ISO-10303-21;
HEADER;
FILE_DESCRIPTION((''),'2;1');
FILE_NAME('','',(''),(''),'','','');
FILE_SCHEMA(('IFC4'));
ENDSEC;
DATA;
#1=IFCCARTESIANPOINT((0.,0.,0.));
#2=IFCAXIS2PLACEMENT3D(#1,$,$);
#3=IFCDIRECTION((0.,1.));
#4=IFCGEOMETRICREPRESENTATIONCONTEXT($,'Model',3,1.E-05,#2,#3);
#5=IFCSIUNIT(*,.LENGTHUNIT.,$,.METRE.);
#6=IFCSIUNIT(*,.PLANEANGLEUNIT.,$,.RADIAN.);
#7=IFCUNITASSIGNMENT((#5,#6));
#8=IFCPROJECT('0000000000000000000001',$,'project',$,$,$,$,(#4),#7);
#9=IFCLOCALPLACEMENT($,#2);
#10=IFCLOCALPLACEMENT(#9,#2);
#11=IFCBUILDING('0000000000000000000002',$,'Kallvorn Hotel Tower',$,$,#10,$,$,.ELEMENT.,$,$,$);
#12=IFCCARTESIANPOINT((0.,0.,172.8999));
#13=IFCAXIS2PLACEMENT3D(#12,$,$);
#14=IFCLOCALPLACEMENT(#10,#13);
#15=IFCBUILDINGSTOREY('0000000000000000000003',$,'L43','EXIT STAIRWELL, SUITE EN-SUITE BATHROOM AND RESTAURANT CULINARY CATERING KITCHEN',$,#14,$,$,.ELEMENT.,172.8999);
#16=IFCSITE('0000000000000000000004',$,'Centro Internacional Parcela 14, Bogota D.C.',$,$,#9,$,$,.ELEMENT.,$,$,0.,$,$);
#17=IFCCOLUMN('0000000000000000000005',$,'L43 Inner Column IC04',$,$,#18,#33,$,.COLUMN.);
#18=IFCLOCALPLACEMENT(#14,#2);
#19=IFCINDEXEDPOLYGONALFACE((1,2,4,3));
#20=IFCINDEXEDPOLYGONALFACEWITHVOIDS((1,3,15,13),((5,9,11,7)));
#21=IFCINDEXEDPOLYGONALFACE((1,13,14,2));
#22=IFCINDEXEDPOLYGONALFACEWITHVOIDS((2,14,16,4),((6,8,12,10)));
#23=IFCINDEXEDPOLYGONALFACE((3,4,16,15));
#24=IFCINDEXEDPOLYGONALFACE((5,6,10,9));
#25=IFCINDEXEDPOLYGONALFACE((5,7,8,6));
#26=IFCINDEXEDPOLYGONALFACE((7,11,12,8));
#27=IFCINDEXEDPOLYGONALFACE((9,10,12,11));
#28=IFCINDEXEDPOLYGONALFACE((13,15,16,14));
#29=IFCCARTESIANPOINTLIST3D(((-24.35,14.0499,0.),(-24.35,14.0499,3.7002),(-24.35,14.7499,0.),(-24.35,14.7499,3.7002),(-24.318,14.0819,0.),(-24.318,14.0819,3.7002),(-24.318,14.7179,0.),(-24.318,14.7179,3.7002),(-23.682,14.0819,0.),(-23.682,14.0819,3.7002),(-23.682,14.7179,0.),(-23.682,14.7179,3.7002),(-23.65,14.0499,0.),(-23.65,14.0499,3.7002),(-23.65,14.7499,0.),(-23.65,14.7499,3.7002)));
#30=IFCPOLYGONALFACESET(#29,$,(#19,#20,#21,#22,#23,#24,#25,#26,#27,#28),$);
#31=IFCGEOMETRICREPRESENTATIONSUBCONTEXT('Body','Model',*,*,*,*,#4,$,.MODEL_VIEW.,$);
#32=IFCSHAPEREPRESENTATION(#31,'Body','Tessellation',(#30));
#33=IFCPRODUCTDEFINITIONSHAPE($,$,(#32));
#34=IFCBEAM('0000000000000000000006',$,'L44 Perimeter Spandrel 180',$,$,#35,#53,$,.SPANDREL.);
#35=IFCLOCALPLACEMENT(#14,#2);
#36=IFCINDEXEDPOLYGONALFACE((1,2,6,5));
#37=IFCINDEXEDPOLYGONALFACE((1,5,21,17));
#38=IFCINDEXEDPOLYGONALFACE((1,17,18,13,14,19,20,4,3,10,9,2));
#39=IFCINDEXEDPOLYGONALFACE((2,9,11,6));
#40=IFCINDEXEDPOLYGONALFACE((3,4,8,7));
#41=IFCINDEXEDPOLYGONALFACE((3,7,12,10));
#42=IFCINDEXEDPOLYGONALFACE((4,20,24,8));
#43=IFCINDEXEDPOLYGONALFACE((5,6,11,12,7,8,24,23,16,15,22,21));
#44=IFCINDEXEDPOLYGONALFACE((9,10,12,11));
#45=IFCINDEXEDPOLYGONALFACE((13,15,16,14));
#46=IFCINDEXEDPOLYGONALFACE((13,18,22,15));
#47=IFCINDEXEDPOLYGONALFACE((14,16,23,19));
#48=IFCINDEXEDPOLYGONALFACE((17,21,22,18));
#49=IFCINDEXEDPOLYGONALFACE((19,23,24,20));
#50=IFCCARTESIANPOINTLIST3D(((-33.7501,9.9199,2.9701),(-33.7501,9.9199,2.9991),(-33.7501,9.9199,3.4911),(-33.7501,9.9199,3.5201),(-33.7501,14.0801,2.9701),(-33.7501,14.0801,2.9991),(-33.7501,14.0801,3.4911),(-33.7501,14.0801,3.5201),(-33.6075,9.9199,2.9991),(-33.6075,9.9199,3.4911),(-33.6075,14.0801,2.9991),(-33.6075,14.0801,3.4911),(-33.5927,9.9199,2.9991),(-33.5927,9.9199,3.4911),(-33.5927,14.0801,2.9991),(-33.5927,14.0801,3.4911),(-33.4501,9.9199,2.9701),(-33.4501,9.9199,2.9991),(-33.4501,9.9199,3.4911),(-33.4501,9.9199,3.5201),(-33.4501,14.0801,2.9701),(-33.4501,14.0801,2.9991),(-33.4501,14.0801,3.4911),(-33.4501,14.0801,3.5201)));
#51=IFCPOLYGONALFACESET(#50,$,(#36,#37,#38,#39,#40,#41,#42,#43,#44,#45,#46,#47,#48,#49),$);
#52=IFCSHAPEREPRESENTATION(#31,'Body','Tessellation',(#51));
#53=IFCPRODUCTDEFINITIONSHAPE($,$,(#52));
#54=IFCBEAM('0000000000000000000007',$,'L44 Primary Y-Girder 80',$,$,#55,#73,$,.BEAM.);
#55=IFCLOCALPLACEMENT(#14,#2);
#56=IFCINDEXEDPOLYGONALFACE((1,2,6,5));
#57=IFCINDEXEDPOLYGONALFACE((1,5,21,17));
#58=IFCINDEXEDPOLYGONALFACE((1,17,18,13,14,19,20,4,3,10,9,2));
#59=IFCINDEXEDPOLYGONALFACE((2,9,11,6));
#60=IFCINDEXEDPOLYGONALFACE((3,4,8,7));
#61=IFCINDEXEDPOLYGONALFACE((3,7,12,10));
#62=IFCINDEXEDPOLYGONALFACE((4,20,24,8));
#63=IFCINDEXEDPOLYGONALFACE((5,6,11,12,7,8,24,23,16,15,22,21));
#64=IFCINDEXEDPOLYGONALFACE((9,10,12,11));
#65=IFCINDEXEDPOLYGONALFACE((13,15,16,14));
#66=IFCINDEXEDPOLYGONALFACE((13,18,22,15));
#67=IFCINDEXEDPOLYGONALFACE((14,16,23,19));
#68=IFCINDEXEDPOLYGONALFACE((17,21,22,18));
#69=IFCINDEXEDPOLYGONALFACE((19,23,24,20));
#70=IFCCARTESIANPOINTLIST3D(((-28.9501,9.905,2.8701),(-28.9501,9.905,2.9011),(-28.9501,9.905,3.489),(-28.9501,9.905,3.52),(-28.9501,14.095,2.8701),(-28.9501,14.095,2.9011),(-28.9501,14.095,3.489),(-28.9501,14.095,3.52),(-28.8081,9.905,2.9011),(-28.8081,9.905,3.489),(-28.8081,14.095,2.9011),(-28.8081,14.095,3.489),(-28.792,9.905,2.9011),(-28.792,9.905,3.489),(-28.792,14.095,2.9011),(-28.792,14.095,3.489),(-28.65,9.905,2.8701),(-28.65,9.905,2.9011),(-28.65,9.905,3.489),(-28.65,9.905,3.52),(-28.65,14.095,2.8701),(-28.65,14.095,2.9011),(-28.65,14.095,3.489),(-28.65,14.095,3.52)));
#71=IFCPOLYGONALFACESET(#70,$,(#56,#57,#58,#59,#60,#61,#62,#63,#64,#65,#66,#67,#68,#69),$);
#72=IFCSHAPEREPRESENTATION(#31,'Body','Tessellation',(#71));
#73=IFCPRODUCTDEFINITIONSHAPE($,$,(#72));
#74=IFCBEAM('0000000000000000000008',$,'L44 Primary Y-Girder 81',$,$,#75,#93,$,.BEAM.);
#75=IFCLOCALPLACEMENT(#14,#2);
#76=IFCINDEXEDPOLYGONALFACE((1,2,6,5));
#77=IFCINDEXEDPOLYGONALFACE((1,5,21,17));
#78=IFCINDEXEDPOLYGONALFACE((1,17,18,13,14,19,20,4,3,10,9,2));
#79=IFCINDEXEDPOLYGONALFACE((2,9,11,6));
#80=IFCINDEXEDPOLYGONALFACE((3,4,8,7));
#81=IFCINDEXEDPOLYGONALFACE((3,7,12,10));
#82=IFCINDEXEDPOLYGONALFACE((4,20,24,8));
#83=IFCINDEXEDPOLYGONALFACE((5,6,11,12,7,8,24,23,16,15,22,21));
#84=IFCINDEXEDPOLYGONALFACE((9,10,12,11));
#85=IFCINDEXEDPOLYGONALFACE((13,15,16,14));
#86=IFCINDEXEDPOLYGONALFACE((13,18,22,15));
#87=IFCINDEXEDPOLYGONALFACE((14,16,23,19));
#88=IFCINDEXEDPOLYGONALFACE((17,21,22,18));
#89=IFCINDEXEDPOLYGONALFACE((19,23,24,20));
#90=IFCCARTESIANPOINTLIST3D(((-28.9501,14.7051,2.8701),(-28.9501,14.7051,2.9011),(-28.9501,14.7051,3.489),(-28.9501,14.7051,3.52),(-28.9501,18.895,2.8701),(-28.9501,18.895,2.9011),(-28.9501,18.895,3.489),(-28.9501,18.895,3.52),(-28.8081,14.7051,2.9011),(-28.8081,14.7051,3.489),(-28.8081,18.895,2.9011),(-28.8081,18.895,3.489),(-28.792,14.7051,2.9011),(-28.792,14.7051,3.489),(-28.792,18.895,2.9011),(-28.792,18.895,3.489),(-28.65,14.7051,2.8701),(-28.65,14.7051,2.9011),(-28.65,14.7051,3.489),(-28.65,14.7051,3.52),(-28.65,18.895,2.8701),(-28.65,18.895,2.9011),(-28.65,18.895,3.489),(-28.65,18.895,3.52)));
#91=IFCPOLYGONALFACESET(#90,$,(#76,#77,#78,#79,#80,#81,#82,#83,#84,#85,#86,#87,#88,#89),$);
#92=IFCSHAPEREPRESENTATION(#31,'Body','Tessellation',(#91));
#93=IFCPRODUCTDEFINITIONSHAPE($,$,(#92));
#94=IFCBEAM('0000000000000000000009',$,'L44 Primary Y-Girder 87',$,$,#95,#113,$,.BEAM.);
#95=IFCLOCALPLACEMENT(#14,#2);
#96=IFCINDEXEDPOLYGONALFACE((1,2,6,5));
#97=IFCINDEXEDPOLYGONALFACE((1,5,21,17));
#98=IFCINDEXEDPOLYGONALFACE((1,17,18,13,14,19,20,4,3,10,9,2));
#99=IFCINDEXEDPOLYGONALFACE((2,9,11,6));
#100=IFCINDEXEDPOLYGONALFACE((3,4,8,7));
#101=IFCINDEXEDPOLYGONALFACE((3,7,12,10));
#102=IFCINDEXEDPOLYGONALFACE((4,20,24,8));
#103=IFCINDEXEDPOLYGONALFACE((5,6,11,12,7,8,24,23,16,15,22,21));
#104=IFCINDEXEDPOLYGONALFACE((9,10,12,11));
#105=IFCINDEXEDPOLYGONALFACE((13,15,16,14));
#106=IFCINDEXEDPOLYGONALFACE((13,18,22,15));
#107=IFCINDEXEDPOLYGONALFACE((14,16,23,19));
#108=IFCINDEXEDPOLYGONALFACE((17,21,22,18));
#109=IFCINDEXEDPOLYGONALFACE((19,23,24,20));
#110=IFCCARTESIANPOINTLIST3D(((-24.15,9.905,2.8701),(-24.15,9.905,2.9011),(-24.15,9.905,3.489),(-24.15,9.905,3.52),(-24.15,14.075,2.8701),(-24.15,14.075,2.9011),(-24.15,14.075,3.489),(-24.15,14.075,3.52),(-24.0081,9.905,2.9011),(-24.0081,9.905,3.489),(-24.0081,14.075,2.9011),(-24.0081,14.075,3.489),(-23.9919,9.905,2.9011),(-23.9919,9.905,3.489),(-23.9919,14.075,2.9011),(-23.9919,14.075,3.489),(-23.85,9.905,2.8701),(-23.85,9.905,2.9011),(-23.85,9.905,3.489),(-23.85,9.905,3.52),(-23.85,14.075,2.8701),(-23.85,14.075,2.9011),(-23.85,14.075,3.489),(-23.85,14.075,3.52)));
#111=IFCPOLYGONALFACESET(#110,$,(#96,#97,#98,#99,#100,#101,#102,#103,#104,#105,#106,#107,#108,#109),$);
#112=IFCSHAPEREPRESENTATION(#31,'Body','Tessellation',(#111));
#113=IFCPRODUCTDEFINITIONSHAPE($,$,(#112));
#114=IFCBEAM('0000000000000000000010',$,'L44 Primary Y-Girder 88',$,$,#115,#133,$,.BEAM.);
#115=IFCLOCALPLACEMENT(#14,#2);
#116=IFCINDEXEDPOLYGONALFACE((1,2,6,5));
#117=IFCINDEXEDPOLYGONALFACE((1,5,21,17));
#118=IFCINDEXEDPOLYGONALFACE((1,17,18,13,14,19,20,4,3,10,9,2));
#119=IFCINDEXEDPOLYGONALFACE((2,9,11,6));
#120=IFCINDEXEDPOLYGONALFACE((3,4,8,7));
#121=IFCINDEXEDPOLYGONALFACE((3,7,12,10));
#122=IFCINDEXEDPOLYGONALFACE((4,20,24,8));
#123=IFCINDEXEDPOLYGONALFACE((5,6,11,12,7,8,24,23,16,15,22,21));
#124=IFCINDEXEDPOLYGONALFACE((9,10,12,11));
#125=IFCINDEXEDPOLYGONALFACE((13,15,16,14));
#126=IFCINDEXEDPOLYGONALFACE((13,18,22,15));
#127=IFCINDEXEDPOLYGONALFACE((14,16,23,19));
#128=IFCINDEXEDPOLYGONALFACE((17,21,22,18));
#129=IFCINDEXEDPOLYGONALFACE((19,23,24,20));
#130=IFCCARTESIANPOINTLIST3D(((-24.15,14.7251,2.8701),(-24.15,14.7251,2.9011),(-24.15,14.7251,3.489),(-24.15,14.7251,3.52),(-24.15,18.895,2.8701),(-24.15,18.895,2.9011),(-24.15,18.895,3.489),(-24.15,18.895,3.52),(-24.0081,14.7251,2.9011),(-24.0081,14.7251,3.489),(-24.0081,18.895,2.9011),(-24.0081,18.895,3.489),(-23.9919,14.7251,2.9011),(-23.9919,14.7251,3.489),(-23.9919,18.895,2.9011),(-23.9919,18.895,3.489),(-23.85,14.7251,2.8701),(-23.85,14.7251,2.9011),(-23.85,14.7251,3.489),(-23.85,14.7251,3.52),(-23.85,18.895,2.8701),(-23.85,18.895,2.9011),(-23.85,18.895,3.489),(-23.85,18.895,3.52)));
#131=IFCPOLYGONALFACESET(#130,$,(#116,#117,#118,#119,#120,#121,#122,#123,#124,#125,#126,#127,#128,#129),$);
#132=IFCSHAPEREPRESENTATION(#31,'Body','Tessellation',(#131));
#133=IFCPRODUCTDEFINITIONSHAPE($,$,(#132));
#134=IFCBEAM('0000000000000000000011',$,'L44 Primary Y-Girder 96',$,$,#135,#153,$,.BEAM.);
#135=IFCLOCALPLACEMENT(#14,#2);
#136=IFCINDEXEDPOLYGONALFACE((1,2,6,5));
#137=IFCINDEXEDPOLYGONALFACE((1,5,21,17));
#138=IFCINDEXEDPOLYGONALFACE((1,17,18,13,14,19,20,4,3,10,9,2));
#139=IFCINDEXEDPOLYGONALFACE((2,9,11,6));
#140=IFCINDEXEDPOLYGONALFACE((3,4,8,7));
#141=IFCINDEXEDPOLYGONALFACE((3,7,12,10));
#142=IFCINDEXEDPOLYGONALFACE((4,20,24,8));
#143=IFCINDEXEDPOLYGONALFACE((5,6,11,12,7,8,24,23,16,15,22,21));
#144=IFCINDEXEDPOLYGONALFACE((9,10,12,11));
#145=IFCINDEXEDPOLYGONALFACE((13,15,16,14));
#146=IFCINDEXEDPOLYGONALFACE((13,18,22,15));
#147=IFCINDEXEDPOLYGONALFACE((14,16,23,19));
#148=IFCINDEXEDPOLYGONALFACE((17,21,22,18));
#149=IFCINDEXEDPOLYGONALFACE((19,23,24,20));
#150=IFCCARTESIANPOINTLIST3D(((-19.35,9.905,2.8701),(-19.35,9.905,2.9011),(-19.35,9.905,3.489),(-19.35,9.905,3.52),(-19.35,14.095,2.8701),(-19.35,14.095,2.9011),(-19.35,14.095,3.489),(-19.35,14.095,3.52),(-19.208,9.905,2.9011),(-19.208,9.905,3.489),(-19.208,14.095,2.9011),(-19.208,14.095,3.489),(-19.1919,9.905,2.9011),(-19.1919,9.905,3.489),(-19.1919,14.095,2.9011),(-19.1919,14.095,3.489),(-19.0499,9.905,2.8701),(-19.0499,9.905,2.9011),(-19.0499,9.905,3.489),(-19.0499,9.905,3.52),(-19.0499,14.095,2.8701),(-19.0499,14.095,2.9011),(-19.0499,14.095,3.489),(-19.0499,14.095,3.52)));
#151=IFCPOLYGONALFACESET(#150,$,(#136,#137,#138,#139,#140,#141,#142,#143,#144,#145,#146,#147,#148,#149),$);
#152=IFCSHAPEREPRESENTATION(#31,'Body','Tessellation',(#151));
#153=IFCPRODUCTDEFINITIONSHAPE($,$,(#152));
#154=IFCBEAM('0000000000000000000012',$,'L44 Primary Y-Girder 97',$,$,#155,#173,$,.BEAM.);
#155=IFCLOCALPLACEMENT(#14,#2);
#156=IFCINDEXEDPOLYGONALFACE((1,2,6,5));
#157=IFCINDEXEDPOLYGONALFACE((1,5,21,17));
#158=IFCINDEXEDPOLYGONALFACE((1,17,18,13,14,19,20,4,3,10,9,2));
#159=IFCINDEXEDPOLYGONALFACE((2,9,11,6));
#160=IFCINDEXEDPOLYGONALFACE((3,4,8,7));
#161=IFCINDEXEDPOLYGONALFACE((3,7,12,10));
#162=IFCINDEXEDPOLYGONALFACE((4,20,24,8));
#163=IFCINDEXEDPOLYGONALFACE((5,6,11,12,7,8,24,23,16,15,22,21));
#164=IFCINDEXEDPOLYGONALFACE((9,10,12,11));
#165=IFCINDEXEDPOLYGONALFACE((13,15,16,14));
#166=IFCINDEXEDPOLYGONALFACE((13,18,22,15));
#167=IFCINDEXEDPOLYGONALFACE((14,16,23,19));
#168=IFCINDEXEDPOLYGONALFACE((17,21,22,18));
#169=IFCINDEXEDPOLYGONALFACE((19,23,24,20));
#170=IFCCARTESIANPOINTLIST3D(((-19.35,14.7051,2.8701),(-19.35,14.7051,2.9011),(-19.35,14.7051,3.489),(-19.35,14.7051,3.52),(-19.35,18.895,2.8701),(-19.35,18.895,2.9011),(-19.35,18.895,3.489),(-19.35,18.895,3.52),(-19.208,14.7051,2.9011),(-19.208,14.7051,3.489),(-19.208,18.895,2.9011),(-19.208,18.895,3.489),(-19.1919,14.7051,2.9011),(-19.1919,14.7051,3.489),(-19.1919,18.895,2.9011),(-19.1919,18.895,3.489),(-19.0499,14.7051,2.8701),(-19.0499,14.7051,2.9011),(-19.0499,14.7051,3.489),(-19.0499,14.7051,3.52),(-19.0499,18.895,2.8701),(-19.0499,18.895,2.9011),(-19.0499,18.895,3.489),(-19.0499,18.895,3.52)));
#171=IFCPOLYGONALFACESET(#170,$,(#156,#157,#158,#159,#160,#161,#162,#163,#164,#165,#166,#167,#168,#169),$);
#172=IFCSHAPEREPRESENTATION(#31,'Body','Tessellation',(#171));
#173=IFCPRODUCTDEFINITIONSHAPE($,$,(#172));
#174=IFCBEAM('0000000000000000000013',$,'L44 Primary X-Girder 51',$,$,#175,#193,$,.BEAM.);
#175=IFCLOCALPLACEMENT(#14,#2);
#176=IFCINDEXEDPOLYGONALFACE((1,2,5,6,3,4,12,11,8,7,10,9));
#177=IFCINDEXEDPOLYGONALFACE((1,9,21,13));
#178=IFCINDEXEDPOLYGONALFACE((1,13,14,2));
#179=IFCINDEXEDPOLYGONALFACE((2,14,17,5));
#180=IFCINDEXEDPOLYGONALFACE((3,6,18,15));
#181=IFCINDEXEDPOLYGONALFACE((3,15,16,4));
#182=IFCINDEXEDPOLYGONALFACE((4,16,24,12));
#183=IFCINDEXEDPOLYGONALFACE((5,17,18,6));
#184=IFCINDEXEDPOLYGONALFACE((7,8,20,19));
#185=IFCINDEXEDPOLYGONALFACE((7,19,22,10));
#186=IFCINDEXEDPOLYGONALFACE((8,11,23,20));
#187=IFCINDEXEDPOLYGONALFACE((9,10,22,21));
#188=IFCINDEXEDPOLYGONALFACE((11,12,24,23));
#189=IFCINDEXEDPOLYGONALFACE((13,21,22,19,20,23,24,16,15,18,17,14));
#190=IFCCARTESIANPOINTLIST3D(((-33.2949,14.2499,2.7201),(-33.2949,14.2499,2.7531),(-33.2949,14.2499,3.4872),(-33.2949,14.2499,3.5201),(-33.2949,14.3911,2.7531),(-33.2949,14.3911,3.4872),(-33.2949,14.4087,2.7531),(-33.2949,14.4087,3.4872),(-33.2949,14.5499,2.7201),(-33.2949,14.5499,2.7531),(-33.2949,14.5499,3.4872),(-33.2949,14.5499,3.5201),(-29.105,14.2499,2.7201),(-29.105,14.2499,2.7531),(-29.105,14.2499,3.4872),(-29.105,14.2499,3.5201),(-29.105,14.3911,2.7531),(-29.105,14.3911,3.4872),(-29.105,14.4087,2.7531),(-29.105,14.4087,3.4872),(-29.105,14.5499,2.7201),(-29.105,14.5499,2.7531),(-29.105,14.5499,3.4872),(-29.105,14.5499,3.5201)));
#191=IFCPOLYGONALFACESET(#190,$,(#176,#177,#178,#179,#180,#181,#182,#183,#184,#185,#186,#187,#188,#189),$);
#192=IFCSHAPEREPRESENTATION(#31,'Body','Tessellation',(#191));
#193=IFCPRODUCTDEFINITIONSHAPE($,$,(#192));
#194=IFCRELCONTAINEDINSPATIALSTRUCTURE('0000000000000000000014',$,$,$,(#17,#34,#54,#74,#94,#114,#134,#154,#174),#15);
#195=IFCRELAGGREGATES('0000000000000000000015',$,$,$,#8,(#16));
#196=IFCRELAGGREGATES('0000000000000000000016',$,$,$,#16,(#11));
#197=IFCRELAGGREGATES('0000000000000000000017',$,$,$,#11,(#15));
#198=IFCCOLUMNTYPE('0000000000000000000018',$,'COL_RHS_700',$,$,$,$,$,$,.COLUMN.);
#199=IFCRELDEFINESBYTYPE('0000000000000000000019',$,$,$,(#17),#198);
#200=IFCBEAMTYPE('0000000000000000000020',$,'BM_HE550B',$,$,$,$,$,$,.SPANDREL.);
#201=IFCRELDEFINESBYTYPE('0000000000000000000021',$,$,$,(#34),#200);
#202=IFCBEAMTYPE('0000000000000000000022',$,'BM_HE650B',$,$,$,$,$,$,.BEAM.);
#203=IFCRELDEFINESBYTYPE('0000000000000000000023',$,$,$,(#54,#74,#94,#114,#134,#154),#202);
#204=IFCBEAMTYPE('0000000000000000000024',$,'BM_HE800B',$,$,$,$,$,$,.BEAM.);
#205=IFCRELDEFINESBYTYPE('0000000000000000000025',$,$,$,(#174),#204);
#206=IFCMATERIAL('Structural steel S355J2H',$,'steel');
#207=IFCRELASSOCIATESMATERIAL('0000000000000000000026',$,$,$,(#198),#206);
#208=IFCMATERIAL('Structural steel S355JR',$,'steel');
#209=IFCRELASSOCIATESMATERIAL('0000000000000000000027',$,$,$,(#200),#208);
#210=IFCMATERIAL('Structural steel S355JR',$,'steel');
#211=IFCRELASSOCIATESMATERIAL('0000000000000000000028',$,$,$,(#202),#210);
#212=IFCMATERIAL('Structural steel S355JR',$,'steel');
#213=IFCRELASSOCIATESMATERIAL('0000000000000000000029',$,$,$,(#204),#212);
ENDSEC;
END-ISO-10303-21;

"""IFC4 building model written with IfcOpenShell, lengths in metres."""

from ifc_helpers import new_model, si_unit, direction, frame, origin, origin_2d, place, context, subcontext, project, spatial, hollow_rectangle, i_section, extrude, material, material_profile, profile_set, type_object, element, save


model = new_model("IFC4")

# Units and contexts
model_context = context("Model", 3, precision=1e-05, world=origin(), true_north=direction((0.0, 1.0)))
body_context = subcontext(model_context, "Body", "Model", "MODEL_VIEW")
ifc_project = project(units=[si_unit("LENGTHUNIT", "METRE"), si_unit("PLANEANGLEUNIT", "RADIAN")], contexts=[model_context])

# Site, building, storey
site_placement = place(None, origin())
site = spatial("IfcSite", under=ifc_project, at=site_placement, Name="Centro Internacional Parcela 14, Bogota D.C.", CompositionType="ELEMENT", RefElevation=0.0)
building_placement = place(site_placement, origin())
building = spatial("IfcBuilding", under=site, at=building_placement, Name="Kallvorn Hotel Tower", CompositionType="ELEMENT")
storey_placement = place(building_placement, frame((0.0, 0.0, 172.8999)))
storey = spatial("IfcBuildingStorey", under=building, at=storey_placement, Name="L43", Description="EXIT STAIRWELL, SUITE EN-SUITE BATHROOM AND RESTAURANT CULINARY CATERING KITCHEN", CompositionType="ELEMENT", Elevation=172.8999)

# Column
ifc_material_1 = material(Name="Structural steel S355J2H", Category="steel")
ifc_material_profile_1 = material_profile(ifc_material_1, hollow_rectangle(XDim=0.7, YDim=0.7, WallThickness=0.032, at=origin_2d()), Name="RHS 700x700x32")
ifc_profile_set_1 = profile_set([ifc_material_profile_1], Name="Structural steel S355J2H")
column_type_1 = type_object("IfcColumnType", Name="COL_RHS_700", PredefinedType="COLUMN", material=ifc_profile_set_1)
column_placement = place(storey_placement, frame((-24.0, 14.3999, 0.0), z_axis=(0.0, 0.0, 1.0), x_axis=(1.0, 0.0, 0.0)))
element("IfcColumn", 1, at=column_placement, inside=storey, type_object=column_type_1, Name="L43 Inner Column IC04", PredefinedType="COLUMN", context=body_context, shape_type="SweptSolid", body=[
    extrude(hollow_rectangle(XDim=0.7, YDim=0.7, WallThickness=0.032, at=origin_2d()), origin(), (0.0, 0.0, 1.0), 3.7002),
])

# Beams
ifc_material_2 = material(Name="Structural steel S355JR", Category="steel")
ifc_material_profile_2 = material_profile(ifc_material_2, i_section(OverallWidth=0.3, OverallDepth=0.55, WebThickness=0.0149, FlangeThickness=0.0291, at=origin_2d()), Name="HE 550 B")
ifc_profile_set_2 = profile_set([ifc_material_profile_2], Name="Structural steel S355JR")
beam_type_1 = type_object("IfcBeamType", Name="BM_HE550B", PredefinedType="SPANDREL", material=ifc_profile_set_2)
beam_1_placement = place(storey_placement, frame((-33.6001, 9.9199, 3.2451), z_axis=(0.0, 1.0, 0.0), x_axis=(-1.0, 0.0, 0.0)))
element("IfcBeam", 2, at=beam_1_placement, inside=storey, type_object=beam_type_1, Name="L44 Perimeter Spandrel 180", PredefinedType="SPANDREL", context=body_context, shape_type="SweptSolid", body=[
    extrude(i_section(OverallWidth=0.3, OverallDepth=0.55, WebThickness=0.0149, FlangeThickness=0.0291, at=origin_2d()), origin(), (0.0, 0.0, 1.0), 4.1602),
])
ifc_material_3 = material(Name="Structural steel S355JR", Category="steel")
ifc_material_profile_3 = material_profile(ifc_material_3, i_section(OverallWidth=0.3, OverallDepth=0.6499, WebThickness=0.0161, FlangeThickness=0.031, at=origin_2d()), Name="HE 650 B")
ifc_profile_set_3 = profile_set([ifc_material_profile_3], Name="Structural steel S355JR")
beam_type_2 = type_object("IfcBeamType", Name="BM_HE650B", PredefinedType="BEAM", material=ifc_profile_set_3)
for number, where, z_axis, x_axis, name in (
    (3, (-28.8, 9.905, 3.1951), (0.0, 1.0, 0.0), (-1.0, 0.0, 0.0), "L44 Primary Y-Girder 80"),
    (4, (-28.8, 14.7051, 3.1951), (0.0, 1.0, 0.0), (-1.0, 0.0, 0.0), "L44 Primary Y-Girder 81"),
):
    element("IfcBeam", number, at=place(storey_placement, frame(where, z_axis=z_axis, x_axis=x_axis)), inside=storey, type_object=beam_type_2, Name=name, PredefinedType="BEAM", context=body_context, shape_type="SweptSolid", body=[
        extrude(i_section(OverallWidth=0.3, OverallDepth=0.6499, WebThickness=0.0161, FlangeThickness=0.031, at=origin_2d()), origin(), (0.0, 0.0, 1.0), 4.1899),
    ])
for number, where, z_axis, x_axis, name in (
    (5, (-24.0, 9.905, 3.1951), (0.0, 1.0, 0.0), (-1.0, 0.0, 0.0), "L44 Primary Y-Girder 87"),
    (6, (-24.0, 14.7251, 3.1951), (0.0, 1.0, 0.0), (-1.0, 0.0, 0.0), "L44 Primary Y-Girder 88"),
):
    element("IfcBeam", number, at=place(storey_placement, frame(where, z_axis=z_axis, x_axis=x_axis)), inside=storey, type_object=beam_type_2, Name=name, PredefinedType="BEAM", context=body_context, shape_type="SweptSolid", body=[
        extrude(i_section(OverallWidth=0.3, OverallDepth=0.6499, WebThickness=0.0161, FlangeThickness=0.031, at=origin_2d()), origin(), (0.0, 0.0, 1.0), 4.1699),
    ])
for number, where, z_axis, x_axis, name in (
    (7, (-19.2, 9.905, 3.1951), (0.0, 1.0, 0.0), (-1.0, 0.0, 0.0), "L44 Primary Y-Girder 96"),
    (8, (-19.2, 14.7051, 3.1951), (0.0, 1.0, 0.0), (-1.0, 0.0, 0.0), "L44 Primary Y-Girder 97"),
):
    element("IfcBeam", number, at=place(storey_placement, frame(where, z_axis=z_axis, x_axis=x_axis)), inside=storey, type_object=beam_type_2, Name=name, PredefinedType="BEAM", context=body_context, shape_type="SweptSolid", body=[
        extrude(i_section(OverallWidth=0.3, OverallDepth=0.6499, WebThickness=0.0161, FlangeThickness=0.031, at=origin_2d()), origin(), (0.0, 0.0, 1.0), 4.1899),
    ])
ifc_material_4 = material(Name="Structural steel S355JR", Category="steel")
ifc_material_profile_4 = material_profile(ifc_material_4, i_section(OverallWidth=0.3, OverallDepth=0.8, WebThickness=0.0176, FlangeThickness=0.033, at=origin_2d()), Name="HE 800 B")
ifc_profile_set_4 = profile_set([ifc_material_profile_4], Name="Structural steel S355JR")
beam_type_3 = type_object("IfcBeamType", Name="BM_HE800B", PredefinedType="BEAM", material=ifc_profile_set_4)
beam_2_placement = place(storey_placement, frame((-33.2949, 14.3999, 3.1201), z_axis=(1.0, 0.0, 0.0), x_axis=(0.0, 1.0, 0.0)))
element("IfcBeam", 9, at=beam_2_placement, inside=storey, type_object=beam_type_3, Name="L44 Primary X-Girder 51", PredefinedType="BEAM", context=body_context, shape_type="SweptSolid", body=[
    extrude(i_section(OverallWidth=0.3, OverallDepth=0.8, WebThickness=0.0176, FlangeThickness=0.033, at=origin_2d()), origin(), (0.0, 0.0, 1.0), 4.1899),
])

save(model, "model.ifc")
